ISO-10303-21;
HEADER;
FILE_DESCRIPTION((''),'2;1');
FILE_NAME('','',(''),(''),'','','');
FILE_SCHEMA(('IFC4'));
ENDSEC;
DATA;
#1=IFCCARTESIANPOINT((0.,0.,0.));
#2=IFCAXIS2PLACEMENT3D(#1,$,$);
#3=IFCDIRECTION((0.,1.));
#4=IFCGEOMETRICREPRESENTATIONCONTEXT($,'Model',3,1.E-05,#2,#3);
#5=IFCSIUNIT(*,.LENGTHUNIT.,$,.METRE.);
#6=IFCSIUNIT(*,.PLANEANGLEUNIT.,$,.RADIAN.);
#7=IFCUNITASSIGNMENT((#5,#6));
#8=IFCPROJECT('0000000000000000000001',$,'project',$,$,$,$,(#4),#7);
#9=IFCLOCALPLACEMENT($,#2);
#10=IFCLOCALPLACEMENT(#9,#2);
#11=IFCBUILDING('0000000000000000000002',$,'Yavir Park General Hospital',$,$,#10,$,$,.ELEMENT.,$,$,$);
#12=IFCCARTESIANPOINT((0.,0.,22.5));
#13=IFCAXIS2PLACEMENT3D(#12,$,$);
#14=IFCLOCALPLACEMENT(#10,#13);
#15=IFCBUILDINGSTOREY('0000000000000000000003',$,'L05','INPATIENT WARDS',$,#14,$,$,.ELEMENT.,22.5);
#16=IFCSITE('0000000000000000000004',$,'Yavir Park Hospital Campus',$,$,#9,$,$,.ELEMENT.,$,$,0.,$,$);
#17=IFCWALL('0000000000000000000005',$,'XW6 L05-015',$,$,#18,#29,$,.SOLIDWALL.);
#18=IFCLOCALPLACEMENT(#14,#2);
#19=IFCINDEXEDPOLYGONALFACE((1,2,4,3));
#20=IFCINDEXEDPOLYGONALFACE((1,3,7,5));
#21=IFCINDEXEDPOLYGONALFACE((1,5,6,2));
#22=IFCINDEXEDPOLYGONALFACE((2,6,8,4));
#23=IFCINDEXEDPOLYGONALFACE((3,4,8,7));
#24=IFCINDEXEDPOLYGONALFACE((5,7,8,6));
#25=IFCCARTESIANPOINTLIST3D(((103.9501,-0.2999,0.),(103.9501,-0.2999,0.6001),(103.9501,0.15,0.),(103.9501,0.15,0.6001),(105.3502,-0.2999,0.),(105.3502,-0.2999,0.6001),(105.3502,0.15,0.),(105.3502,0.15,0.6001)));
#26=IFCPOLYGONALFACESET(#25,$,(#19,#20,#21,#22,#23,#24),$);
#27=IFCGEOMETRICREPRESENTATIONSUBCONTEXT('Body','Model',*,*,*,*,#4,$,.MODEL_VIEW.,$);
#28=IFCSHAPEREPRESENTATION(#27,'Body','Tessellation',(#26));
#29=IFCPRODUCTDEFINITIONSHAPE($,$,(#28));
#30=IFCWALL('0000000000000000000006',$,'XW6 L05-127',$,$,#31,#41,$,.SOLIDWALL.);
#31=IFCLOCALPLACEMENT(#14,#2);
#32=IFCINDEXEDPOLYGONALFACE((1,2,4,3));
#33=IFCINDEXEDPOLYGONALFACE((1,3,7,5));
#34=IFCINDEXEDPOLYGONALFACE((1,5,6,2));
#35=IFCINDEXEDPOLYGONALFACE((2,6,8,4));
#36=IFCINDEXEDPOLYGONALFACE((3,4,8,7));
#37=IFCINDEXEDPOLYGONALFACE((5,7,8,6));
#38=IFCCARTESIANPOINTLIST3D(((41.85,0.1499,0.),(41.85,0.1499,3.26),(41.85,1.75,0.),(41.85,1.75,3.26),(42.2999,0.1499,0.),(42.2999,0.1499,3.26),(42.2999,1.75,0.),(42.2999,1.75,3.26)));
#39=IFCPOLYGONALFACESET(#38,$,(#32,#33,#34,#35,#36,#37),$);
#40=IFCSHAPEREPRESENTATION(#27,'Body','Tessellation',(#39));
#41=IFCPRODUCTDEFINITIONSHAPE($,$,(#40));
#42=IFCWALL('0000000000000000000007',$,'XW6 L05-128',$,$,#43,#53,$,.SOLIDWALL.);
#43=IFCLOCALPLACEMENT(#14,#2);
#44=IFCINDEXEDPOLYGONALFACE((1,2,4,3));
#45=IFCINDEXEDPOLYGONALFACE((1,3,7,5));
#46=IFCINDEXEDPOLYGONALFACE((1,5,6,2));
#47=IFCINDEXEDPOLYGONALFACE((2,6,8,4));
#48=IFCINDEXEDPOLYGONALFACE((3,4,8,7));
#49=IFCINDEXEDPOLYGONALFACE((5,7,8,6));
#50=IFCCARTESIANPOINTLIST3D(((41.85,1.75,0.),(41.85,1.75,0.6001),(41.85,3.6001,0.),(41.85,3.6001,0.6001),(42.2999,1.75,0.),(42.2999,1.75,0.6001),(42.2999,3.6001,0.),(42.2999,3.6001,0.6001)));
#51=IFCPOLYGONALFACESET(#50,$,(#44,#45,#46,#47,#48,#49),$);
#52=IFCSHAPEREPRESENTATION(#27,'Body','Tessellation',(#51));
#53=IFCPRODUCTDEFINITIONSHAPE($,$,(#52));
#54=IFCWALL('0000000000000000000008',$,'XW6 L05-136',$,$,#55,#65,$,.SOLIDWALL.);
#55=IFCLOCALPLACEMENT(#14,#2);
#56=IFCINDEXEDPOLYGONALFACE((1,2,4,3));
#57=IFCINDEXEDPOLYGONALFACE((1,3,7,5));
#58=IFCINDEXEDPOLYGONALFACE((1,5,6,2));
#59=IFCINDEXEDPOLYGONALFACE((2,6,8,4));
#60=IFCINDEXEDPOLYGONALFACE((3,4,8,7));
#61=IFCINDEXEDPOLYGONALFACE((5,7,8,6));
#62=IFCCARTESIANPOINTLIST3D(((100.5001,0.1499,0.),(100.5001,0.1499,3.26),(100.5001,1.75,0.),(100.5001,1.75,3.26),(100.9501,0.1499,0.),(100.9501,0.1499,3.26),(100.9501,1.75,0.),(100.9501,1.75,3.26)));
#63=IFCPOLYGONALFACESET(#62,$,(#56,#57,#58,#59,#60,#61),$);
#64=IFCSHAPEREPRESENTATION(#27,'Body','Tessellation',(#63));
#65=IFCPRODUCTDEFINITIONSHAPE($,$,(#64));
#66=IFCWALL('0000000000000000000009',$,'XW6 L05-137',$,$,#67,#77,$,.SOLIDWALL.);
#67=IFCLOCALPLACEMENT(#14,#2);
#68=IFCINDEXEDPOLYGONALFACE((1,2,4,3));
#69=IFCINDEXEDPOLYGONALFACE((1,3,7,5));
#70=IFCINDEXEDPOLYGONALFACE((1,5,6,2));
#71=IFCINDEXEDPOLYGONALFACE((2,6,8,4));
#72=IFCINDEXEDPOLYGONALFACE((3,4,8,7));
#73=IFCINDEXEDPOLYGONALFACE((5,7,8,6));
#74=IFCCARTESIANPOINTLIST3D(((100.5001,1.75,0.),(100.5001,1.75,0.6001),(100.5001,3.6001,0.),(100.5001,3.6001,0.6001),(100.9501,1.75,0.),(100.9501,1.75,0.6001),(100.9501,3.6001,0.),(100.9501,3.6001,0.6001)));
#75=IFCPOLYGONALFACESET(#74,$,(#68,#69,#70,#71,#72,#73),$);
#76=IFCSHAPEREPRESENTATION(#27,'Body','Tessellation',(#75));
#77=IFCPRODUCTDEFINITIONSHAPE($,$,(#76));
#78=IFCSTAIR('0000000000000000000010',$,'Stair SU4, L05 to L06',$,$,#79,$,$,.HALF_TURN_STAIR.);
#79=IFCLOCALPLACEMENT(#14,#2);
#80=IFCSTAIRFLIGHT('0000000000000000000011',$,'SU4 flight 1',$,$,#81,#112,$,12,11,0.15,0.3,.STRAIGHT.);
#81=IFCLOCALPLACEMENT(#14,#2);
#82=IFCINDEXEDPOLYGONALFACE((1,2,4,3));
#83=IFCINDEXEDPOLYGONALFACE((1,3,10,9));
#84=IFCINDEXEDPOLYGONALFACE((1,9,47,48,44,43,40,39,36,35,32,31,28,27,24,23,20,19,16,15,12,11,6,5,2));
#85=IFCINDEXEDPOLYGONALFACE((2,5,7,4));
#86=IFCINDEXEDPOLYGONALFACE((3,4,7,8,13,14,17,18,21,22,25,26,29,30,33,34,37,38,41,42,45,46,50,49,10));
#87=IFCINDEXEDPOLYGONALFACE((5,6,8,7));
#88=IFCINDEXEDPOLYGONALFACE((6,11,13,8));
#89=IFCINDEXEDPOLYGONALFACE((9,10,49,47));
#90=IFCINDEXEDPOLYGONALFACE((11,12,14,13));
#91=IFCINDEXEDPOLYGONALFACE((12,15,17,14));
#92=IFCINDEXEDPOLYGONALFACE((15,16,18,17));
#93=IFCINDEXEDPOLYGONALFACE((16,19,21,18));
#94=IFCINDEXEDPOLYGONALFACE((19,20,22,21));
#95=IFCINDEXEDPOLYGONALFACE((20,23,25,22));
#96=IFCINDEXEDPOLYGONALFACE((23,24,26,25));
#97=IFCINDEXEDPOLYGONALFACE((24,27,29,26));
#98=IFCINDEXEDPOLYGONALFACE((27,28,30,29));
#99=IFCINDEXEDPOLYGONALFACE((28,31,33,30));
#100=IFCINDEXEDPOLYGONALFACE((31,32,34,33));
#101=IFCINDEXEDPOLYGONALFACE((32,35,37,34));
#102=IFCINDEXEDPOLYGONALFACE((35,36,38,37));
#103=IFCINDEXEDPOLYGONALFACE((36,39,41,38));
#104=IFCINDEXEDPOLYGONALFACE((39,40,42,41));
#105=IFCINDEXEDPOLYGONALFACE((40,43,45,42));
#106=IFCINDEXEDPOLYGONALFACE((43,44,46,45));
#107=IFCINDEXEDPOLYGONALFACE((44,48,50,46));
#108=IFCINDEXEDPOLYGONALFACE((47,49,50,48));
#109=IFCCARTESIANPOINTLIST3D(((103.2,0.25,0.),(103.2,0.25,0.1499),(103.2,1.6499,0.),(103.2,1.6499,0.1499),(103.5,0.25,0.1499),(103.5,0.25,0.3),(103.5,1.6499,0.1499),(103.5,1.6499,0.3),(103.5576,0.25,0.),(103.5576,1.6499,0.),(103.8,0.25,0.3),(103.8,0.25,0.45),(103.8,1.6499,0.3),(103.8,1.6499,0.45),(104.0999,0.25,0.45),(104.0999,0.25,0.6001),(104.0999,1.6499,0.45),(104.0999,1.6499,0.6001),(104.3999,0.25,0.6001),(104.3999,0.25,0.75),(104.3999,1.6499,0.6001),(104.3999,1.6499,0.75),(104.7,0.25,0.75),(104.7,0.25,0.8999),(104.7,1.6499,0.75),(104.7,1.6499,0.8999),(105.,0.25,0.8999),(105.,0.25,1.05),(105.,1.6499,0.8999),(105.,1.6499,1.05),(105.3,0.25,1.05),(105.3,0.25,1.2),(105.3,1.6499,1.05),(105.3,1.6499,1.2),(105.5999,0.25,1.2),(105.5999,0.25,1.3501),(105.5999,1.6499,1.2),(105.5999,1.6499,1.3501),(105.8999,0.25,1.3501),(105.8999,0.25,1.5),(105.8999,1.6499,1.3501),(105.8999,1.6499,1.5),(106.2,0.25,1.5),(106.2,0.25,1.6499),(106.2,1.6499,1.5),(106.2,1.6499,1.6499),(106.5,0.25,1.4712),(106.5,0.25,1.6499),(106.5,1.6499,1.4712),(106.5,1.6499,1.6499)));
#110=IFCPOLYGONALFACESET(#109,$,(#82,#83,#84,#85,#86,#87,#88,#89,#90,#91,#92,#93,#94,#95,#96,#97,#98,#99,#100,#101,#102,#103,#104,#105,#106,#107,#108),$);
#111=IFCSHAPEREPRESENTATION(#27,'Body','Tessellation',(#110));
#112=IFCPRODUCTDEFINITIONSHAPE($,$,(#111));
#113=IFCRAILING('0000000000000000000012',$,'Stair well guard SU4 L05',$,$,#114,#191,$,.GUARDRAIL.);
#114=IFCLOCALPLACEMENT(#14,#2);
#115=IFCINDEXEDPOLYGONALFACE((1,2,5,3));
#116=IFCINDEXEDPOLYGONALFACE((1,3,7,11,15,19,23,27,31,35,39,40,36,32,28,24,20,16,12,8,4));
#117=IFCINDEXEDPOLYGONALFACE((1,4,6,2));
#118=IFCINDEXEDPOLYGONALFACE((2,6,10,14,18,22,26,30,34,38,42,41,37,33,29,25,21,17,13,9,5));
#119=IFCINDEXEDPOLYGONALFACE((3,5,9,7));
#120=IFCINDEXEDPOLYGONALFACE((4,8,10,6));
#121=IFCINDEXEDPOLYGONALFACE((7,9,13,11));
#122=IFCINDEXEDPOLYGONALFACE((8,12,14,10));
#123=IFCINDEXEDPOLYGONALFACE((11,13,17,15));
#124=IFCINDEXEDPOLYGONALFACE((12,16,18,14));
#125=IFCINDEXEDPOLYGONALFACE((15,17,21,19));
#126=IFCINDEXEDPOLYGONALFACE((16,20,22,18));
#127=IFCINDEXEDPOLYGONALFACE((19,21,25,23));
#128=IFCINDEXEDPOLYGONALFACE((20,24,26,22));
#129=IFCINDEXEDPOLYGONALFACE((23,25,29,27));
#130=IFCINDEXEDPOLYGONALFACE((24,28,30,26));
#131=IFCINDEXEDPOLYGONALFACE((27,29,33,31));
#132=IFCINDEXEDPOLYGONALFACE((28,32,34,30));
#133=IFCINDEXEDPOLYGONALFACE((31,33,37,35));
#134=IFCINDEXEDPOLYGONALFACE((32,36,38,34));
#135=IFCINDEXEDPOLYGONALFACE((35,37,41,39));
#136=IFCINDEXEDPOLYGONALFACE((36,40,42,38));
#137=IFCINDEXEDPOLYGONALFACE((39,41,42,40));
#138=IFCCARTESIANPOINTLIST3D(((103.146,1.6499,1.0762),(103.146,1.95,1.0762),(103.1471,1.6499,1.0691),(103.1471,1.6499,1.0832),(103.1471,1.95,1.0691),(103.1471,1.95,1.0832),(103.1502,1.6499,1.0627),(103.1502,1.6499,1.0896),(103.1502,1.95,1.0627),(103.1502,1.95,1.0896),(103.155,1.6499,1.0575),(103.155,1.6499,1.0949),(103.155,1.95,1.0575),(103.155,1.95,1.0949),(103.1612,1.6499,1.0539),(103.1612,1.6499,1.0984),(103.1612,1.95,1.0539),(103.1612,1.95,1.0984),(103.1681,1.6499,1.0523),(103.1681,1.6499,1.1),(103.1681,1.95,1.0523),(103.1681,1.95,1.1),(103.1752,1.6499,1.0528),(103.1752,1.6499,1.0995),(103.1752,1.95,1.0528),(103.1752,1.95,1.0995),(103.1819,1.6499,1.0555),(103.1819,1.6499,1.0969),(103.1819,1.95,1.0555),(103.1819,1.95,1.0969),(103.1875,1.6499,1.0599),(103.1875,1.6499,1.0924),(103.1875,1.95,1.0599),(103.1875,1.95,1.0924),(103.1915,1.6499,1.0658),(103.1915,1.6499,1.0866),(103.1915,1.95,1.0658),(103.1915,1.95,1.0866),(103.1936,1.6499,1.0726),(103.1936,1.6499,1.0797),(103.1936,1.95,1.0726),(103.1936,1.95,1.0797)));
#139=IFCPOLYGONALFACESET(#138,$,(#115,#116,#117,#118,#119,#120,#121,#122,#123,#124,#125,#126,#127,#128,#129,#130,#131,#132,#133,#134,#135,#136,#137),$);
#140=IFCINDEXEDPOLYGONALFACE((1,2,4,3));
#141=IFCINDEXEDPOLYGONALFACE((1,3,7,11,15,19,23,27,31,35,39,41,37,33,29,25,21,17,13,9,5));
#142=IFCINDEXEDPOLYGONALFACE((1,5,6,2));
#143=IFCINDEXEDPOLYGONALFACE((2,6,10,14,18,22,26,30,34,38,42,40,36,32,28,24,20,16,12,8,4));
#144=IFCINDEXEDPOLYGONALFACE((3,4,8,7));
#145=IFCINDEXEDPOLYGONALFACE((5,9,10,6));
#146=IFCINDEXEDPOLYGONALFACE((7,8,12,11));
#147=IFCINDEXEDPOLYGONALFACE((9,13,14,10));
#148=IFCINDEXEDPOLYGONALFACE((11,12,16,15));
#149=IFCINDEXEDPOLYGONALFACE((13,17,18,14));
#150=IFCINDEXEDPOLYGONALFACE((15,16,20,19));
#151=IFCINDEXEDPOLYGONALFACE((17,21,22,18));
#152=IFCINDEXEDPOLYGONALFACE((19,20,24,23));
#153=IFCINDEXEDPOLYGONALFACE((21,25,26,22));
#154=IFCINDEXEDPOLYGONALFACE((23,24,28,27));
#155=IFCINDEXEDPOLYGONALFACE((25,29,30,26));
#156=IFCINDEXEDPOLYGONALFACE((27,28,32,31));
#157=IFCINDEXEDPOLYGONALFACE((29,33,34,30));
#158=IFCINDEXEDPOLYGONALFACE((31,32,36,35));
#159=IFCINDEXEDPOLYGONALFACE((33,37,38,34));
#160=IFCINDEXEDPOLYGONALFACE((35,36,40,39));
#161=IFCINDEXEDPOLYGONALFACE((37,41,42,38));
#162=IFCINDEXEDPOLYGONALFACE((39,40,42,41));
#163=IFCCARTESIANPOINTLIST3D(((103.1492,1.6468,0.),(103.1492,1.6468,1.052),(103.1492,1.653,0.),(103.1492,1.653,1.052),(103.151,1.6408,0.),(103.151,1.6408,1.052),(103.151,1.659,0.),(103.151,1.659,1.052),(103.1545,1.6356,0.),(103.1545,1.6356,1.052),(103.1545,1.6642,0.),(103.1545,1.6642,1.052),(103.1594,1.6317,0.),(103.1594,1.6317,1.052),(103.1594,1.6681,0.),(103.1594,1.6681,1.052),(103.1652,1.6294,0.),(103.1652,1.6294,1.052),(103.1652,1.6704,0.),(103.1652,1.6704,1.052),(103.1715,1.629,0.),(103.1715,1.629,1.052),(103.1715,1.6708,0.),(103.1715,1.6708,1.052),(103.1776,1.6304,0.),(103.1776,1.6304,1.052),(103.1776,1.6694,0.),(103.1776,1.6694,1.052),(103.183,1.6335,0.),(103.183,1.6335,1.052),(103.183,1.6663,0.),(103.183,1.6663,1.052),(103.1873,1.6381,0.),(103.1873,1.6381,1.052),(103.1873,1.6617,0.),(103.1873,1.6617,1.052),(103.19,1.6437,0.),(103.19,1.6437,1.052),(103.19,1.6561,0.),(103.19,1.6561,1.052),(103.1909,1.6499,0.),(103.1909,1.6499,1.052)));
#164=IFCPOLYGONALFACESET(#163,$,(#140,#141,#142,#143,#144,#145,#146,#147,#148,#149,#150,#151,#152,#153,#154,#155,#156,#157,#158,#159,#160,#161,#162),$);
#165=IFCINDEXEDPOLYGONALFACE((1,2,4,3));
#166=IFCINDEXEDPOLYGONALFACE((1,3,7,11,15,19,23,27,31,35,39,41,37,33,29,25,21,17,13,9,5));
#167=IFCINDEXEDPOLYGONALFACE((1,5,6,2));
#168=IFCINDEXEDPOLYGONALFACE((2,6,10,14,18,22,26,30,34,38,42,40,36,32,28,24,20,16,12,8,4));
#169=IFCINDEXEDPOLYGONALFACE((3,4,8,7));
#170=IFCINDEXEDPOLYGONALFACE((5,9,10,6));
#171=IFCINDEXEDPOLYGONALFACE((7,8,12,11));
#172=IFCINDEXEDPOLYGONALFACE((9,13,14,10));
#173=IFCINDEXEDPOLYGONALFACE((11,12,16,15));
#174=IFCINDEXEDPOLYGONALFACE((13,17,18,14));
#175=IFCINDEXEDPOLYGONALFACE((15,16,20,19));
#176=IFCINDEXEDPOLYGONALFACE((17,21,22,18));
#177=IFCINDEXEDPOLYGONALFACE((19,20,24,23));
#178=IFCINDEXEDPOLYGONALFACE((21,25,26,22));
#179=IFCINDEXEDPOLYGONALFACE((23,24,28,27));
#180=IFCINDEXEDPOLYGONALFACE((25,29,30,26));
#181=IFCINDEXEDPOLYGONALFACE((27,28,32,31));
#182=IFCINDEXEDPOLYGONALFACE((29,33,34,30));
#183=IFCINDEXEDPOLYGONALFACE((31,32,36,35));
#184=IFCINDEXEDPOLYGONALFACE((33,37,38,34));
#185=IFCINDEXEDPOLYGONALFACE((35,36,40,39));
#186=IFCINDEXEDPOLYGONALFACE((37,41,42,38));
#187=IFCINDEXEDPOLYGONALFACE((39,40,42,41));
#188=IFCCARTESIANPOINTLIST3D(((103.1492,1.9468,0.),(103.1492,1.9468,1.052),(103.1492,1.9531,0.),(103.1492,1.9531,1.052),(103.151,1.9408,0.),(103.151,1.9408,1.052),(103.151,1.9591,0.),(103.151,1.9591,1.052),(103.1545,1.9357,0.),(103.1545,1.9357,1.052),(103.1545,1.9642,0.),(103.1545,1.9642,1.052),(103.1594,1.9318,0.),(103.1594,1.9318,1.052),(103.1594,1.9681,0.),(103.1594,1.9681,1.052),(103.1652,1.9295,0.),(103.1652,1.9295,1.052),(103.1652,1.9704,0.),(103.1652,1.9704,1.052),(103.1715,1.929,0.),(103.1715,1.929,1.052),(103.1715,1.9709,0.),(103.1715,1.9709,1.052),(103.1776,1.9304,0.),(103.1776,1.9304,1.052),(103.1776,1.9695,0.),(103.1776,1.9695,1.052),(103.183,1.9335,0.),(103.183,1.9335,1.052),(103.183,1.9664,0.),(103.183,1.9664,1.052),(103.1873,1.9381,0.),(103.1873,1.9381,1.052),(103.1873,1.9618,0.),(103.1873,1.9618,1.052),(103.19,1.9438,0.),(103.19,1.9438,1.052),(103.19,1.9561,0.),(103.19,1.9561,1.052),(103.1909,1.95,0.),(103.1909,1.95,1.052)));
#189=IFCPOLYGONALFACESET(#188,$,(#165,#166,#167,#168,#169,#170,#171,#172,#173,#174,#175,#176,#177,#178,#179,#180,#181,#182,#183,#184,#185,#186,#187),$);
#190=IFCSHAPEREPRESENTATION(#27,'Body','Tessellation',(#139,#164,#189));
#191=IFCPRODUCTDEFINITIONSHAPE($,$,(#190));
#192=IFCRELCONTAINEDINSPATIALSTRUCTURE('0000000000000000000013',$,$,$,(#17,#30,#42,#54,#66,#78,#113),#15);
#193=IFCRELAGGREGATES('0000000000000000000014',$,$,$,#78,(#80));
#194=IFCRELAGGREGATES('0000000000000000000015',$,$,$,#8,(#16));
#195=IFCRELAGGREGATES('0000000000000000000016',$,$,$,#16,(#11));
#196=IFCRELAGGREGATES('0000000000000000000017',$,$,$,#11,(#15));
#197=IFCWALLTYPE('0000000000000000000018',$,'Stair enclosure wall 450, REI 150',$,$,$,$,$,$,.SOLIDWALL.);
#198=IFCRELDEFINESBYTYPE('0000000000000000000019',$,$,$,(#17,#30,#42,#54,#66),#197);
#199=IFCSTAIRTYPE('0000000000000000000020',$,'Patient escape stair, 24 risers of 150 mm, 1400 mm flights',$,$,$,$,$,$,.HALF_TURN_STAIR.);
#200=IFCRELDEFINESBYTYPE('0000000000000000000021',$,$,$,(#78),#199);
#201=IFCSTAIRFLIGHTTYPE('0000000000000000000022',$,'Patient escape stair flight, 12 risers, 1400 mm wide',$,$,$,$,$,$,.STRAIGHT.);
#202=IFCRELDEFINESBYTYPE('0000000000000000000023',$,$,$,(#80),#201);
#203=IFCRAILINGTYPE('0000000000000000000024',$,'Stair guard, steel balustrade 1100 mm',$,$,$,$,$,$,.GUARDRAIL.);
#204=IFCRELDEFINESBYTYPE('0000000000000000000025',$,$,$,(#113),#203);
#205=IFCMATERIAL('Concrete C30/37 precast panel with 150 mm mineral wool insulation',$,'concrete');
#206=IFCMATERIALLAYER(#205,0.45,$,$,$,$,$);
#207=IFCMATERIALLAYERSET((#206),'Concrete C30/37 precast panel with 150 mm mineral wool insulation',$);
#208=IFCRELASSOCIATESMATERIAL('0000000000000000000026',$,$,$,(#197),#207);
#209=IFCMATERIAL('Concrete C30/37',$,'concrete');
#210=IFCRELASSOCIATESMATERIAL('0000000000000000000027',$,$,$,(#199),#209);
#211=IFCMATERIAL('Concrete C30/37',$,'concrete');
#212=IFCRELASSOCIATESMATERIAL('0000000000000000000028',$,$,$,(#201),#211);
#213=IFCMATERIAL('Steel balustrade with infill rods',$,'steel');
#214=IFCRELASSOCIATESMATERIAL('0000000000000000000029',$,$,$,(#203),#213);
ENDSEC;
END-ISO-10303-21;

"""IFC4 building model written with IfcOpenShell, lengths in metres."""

from ifc_helpers import new_model, si_unit, direction, frame, frame_2d, origin, origin_2d, place, context, subcontext, project, spatial, polyline, rectangle, circle, outline, extrude, material, layer, layer_set, type_object, element, aggregate, save


model = new_model("IFC4")

# Units and contexts
model_context = context("Model", 3, precision=1e-05, world=origin(), true_north=direction((0.0, 1.0)))
body_context = subcontext(model_context, "Body", "Model", "MODEL_VIEW")
ifc_project = project(units=[si_unit("LENGTHUNIT", "METRE"), si_unit("PLANEANGLEUNIT", "RADIAN")], contexts=[model_context])

# Site, building, storey
site_placement = place(None, origin())
site = spatial("IfcSite", under=ifc_project, at=site_placement, Name="Yavir Park Hospital Campus", CompositionType="ELEMENT", RefElevation=0.0)
building_placement = place(site_placement, origin())
building = spatial("IfcBuilding", under=site, at=building_placement, Name="Yavir Park General Hospital", CompositionType="ELEMENT")
storey_placement = place(building_placement, frame((0.0, 0.0, 22.5)))
storey = spatial("IfcBuildingStorey", under=building, at=storey_placement, Name="L05", Description="INPATIENT WARDS", CompositionType="ELEMENT", Elevation=22.5)

# Walls
ifc_material_1 = material(Name="Concrete C30/37 precast panel with 150 mm mineral wool insulation", Category="concrete")
ifc_layer_1 = layer(ifc_material_1, 0.45)
ifc_layer_set_1 = layer_set([ifc_layer_1], Name="Concrete C30/37 precast panel with 150 mm mineral wool insulation")
wall_type_1 = type_object("IfcWallType", Name="Stair enclosure wall 450, REI 150", PredefinedType="SOLIDWALL", material=ifc_layer_set_1)
wall_1_placement = place(storey_placement, frame((103.95, -0.075, 0.0), z_axis=(0.0, 0.0, 1.0), x_axis=(1.0, 0.0, 0.0)))
element("IfcWall", 1, at=wall_1_placement, inside=storey, type_object=wall_type_1, Name="XW6 L05-015", PredefinedType="SOLIDWALL", context=body_context, shape_type="SweptSolid", body=[
    extrude(rectangle(XDim=1.4001, YDim=0.45, at=frame_2d((0.7002, 0.0))), origin(), (0.0, 0.0, 1.0), 0.6001),
])
wall_2_placement = place(storey_placement, frame((42.075, 0.1499, 0.0), z_axis=(0.0, 0.0, 1.0), x_axis=(0.0, 1.0, 0.0)))
element("IfcWall", 2, at=wall_2_placement, inside=storey, type_object=wall_type_1, Name="XW6 L05-127", PredefinedType="SOLIDWALL", context=body_context, shape_type="SweptSolid", body=[
    extrude(rectangle(XDim=1.6001, YDim=0.45, at=frame_2d((0.8, 0.0))), origin(), (0.0, 0.0, 1.0), 3.26),
])
wall_3_placement = place(storey_placement, frame((42.075, 1.75, 0.0), z_axis=(0.0, 0.0, 1.0), x_axis=(0.0, 1.0, 0.0)))
element("IfcWall", 3, at=wall_3_placement, inside=storey, type_object=wall_type_1, Name="XW6 L05-128", PredefinedType="SOLIDWALL", context=body_context, shape_type="SweptSolid", body=[
    extrude(rectangle(XDim=1.8501, YDim=0.45, at=frame_2d((0.925, 0.0))), origin(), (0.0, 0.0, 1.0), 0.6001),
])
wall_4_placement = place(storey_placement, frame((100.7251, 0.1499, 0.0), z_axis=(0.0, 0.0, 1.0), x_axis=(0.0, 1.0, 0.0)))
element("IfcWall", 4, at=wall_4_placement, inside=storey, type_object=wall_type_1, Name="XW6 L05-136", PredefinedType="SOLIDWALL", context=body_context, shape_type="SweptSolid", body=[
    extrude(rectangle(XDim=1.6001, YDim=0.45, at=frame_2d((0.8, 0.0))), origin(), (0.0, 0.0, 1.0), 3.26),
])
wall_5_placement = place(storey_placement, frame((100.7251, 1.75, 0.0), z_axis=(0.0, 0.0, 1.0), x_axis=(0.0, 1.0, 0.0)))
element("IfcWall", 5, at=wall_5_placement, inside=storey, type_object=wall_type_1, Name="XW6 L05-137", PredefinedType="SOLIDWALL", context=body_context, shape_type="SweptSolid", body=[
    extrude(rectangle(XDim=1.8501, YDim=0.45, at=frame_2d((0.925, 0.0))), origin(), (0.0, 0.0, 1.0), 0.6001),
])

# Stair, stair flight
ifc_material_2 = material(Name="Concrete C30/37", Category="concrete")
stair_type = type_object("IfcStairType", Name="Patient escape stair, 24 risers of 150 mm, 1400 mm flights", PredefinedType="HALF_TURN_STAIR", material=ifc_material_2)
stair_placement = place(storey_placement, origin())
stair = element("IfcStair", 6, at=stair_placement, inside=storey, type_object=stair_type, Name="Stair SU4, L05 to L06", PredefinedType="HALF_TURN_STAIR")
ifc_material_3 = material(Name="Concrete C30/37", Category="concrete")
stair_flight_type = type_object("IfcStairFlightType", Name="Patient escape stair flight, 12 risers, 1400 mm wide", PredefinedType="STRAIGHT", material=ifc_material_3)
stair_flight_placement = place(storey_placement, frame((103.2, 0.95, 0.0), z_axis=(0.0, 0.0, 1.0), x_axis=(1.0, 0.0, 0.0)))
stair_flight = element("IfcStairFlight", 7, at=stair_flight_placement, type_object=stair_flight_type, Name="SU4 flight 1", NumberOfRisers=12, NumberOfTreads=11, PredefinedType="STRAIGHT", RiserHeight=0.15, TreadLength=0.3, context=body_context, shape_type="SweptSolid", body=[
    extrude(outline(polyline([(0.0, 0.0), (0.0, 0.1499), (0.3, 0.1499), (0.3, 0.3), (0.6001, 0.3), (0.6001, 0.45), (0.8999, 0.45), (0.8999, 0.6001), (1.2, 0.6001), (1.2, 0.75), (1.5, 0.75), (1.5, 0.8999), (1.8, 0.8999), (1.8, 1.05), (2.1001, 1.05), (2.1001, 1.2), (2.3999, 1.2), (2.3999, 1.3501), (2.7, 1.3501), (2.7, 1.5), (3.0, 1.5), (3.0, 1.6499), (3.3, 1.6499), (3.3, 1.8), (3.3, 1.4712), (0.3577, 0.0), (0.0, 0.0)])), frame((0.0, 0.7, 0.0), z_axis=(0.0, -1.0, 0.0), x_axis=(1.0, 0.0, 0.0)), (0.0, 0.0, 1.0), 1.3999),
])
aggregate(stair, [stair_flight])

# Railing
ifc_material_4 = material(Name="Steel balustrade with infill rods", Category="steel")
railing_type_1 = type_object("IfcRailingType", Name="Stair guard, steel balustrade 1100 mm", PredefinedType="GUARDRAIL", material=ifc_material_4)
railing_placement = place(storey_placement, frame((103.1699, 1.6499, 0.0)))
element("IfcRailing", 8, at=railing_placement, inside=storey, type_object=railing_type_1, Name="Stair well guard SU4 L05", PredefinedType="GUARDRAIL", context=body_context, shape_type="SweptSolid", body=[
    extrude(circle(Radius=0.0239, at=origin_2d()), frame((0.0, 0.0, 1.0762), z_axis=(0.0, 1.0, 0.0), x_axis=(-1.0, 0.0, 0.0)), (0.0, 0.0, 1.0), 0.3),
    extrude(circle(Radius=0.021, at=origin_2d()), origin(), (0.0, 0.0, 1.0), 1.052),
    extrude(circle(Radius=0.021, at=origin_2d()), frame((0.0, 0.3, 0.0)), (0.0, 0.0, 1.0), 1.052),
])

save(model, "model.ifc")
